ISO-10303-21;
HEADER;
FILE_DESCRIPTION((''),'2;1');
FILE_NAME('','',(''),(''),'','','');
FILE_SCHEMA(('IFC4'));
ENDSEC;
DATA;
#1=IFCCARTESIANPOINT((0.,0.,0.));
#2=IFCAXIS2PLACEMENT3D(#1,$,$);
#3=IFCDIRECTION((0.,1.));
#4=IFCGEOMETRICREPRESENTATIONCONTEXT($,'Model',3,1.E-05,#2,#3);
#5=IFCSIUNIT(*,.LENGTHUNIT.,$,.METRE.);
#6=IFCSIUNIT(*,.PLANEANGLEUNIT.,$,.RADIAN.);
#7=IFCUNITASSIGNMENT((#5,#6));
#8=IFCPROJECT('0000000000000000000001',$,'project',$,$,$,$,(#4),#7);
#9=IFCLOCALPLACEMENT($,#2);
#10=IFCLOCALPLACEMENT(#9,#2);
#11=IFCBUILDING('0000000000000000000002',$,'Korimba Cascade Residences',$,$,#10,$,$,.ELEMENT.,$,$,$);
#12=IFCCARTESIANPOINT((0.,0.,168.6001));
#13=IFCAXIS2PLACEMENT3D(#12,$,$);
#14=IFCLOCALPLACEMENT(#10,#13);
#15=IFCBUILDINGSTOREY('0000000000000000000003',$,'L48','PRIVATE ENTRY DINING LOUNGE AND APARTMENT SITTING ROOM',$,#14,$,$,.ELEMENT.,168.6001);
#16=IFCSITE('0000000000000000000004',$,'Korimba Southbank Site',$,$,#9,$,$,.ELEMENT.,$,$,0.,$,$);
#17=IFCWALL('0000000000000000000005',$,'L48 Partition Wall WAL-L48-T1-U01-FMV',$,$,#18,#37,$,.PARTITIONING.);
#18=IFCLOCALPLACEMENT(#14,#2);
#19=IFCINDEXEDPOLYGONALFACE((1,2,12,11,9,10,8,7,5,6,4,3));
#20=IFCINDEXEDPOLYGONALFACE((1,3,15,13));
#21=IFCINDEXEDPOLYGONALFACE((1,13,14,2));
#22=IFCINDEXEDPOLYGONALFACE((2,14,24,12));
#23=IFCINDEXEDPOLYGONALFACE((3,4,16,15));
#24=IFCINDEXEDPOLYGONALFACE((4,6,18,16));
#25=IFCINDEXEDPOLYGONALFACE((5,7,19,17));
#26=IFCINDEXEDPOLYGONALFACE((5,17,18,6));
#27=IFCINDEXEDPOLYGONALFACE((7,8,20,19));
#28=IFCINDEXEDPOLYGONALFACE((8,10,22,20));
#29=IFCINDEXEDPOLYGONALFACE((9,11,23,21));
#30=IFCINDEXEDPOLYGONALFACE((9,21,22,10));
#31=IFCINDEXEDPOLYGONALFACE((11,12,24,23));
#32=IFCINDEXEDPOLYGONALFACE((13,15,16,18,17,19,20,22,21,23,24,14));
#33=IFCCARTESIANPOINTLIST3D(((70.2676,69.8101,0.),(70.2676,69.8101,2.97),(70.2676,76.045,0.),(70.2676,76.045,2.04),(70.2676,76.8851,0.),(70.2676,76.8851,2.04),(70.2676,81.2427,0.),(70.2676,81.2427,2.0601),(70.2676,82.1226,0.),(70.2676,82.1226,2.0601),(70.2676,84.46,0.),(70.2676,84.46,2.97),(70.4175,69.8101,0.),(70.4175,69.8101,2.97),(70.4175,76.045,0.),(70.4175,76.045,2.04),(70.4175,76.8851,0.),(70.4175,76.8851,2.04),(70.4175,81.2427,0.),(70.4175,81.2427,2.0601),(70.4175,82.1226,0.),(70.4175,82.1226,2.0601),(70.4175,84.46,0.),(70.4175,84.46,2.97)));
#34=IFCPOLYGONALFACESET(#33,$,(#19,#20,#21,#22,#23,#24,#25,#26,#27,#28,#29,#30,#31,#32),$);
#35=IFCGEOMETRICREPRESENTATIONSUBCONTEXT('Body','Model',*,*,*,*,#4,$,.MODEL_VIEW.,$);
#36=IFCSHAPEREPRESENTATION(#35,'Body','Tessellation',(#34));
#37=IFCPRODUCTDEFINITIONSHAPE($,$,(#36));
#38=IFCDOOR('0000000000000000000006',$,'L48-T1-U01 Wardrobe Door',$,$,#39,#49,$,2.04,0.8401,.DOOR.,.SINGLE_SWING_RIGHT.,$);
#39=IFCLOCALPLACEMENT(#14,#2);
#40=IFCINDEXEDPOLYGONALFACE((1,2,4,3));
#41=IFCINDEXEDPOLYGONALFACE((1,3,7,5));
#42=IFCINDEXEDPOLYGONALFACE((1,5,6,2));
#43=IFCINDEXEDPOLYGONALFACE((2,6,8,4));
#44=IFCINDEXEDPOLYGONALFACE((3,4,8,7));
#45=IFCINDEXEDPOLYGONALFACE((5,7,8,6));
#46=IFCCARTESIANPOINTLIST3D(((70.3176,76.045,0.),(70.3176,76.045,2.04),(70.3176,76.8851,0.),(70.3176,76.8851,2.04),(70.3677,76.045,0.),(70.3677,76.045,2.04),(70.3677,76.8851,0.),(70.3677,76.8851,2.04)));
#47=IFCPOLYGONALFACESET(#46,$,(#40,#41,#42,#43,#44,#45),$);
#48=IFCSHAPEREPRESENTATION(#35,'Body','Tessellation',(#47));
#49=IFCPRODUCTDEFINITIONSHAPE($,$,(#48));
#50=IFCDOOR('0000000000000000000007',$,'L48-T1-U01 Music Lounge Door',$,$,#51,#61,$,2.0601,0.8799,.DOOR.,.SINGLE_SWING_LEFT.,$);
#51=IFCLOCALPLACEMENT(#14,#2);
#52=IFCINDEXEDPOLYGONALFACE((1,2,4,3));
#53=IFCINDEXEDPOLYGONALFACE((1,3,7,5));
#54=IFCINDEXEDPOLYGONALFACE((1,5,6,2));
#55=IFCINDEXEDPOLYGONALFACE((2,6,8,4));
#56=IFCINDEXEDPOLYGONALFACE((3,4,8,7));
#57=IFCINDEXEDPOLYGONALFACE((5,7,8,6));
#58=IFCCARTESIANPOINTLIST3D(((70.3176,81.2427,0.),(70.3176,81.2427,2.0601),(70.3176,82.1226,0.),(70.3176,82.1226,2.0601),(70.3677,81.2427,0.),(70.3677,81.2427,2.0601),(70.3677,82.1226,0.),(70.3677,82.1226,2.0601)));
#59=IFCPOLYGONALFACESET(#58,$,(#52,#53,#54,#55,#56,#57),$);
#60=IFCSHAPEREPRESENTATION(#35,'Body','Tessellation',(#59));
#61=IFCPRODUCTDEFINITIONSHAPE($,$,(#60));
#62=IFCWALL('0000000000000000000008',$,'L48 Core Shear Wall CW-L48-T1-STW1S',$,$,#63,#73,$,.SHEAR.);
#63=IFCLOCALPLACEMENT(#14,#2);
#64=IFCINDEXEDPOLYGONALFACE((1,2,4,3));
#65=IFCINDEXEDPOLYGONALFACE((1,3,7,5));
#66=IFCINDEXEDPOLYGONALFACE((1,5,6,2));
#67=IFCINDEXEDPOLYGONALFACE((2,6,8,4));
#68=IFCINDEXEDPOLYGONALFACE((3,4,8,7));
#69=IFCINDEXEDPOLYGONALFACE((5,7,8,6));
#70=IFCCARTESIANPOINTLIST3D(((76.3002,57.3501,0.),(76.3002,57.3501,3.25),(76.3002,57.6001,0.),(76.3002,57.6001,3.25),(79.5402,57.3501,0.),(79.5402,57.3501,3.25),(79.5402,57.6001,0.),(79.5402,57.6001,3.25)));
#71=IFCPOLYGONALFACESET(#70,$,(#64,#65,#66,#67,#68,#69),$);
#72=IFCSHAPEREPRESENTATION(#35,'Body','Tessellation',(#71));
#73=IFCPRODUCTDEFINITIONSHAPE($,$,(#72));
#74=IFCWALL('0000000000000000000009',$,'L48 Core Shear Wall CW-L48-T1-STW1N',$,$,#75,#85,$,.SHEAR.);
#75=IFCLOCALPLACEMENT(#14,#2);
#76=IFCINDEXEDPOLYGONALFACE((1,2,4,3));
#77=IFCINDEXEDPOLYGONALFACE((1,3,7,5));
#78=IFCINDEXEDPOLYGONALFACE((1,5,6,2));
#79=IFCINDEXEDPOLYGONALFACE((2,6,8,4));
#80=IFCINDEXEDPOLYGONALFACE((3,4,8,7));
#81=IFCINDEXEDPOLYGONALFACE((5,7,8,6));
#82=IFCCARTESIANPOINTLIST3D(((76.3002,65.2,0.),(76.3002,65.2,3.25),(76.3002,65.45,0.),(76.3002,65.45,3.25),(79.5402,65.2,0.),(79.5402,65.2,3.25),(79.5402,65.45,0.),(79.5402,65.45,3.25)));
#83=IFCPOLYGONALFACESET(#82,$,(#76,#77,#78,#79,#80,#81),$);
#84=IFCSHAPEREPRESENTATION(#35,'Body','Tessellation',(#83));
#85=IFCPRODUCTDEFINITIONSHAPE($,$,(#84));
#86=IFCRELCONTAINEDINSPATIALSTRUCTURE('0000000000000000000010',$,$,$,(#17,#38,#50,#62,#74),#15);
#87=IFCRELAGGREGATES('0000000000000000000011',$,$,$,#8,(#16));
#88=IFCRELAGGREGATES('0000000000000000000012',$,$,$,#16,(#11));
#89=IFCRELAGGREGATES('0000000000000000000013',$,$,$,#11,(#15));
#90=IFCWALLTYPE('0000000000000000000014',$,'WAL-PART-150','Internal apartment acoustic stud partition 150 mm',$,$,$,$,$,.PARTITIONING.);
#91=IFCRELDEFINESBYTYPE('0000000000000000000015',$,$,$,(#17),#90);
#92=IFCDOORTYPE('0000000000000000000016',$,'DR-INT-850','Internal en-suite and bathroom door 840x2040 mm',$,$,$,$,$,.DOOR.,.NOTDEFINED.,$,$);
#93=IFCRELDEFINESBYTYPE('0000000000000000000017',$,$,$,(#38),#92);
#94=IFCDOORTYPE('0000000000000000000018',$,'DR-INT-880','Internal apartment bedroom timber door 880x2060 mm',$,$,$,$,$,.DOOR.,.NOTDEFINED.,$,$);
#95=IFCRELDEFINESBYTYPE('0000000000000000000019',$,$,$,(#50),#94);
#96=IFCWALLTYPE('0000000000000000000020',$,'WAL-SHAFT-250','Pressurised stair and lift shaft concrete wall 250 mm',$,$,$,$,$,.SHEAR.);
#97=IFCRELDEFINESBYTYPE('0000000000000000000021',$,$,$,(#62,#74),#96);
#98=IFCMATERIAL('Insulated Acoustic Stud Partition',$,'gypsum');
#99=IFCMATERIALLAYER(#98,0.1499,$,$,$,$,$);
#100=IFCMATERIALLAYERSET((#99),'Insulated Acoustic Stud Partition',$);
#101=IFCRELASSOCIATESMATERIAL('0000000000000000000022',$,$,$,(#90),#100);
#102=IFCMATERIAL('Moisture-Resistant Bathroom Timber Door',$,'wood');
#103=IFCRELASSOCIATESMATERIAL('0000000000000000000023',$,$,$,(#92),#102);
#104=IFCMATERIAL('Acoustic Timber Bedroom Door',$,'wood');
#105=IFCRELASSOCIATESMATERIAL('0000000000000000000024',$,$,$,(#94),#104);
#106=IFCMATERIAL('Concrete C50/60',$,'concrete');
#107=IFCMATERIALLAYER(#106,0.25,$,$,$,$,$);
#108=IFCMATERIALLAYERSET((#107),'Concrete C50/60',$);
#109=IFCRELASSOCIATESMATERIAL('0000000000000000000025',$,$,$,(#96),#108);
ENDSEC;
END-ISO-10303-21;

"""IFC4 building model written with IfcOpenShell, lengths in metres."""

from ifc_helpers import new_model, si_unit, direction, frame, frame_2d, origin, place, context, subcontext, project, spatial, rectangle, extrude, material, layer, layer_set, type_object, element, fill, save


model = new_model("IFC4")

# Units and contexts
model_context = context("Model", 3, precision=1e-05, world=origin(), true_north=direction((0.0, 1.0)))
body_context = subcontext(model_context, "Body", "Model", "MODEL_VIEW")
ifc_project = project(units=[si_unit("LENGTHUNIT", "METRE"), si_unit("PLANEANGLEUNIT", "RADIAN")], contexts=[model_context])

# Site, building, storey
site_placement = place(None, origin())
site = spatial("IfcSite", under=ifc_project, at=site_placement, Name="Korimba Southbank Site", CompositionType="ELEMENT", RefElevation=0.0)
building_placement = place(site_placement, origin())
building = spatial("IfcBuilding", under=site, at=building_placement, Name="Korimba Cascade Residences", CompositionType="ELEMENT")
storey_placement = place(building_placement, frame((0.0, 0.0, 168.6001)))
storey = spatial("IfcBuildingStorey", under=building, at=storey_placement, Name="L48", Description="PRIVATE ENTRY DINING LOUNGE AND APARTMENT SITTING ROOM", CompositionType="ELEMENT", Elevation=168.6001)

# Shared definitions
ifc_material_1 = material(Name="Insulated Acoustic Stud Partition", Category="gypsum")
ifc_layer_1 = layer(ifc_material_1, 0.1499)
ifc_layer_set_1 = layer_set([ifc_layer_1], Name="Insulated Acoustic Stud Partition")
wall_type_1 = type_object("IfcWallType", Name="WAL-PART-150", Description="Internal apartment acoustic stud partition 150 mm", PredefinedType="PARTITIONING", material=ifc_layer_set_1)

# Wall, openings, doors
ifc_material_2 = material(Name="Moisture-Resistant Bathroom Timber Door", Category="wood")
door_type_1 = type_object("IfcDoorType", Name="DR-INT-850", Description="Internal en-suite and bathroom door 840x2040 mm", OperationType="NOTDEFINED", PredefinedType="DOOR", material=ifc_material_2)
ifc_material_3 = material(Name="Acoustic Timber Bedroom Door", Category="wood")
door_type_2 = type_object("IfcDoorType", Name="DR-INT-880", Description="Internal apartment bedroom timber door 880x2060 mm", OperationType="NOTDEFINED", PredefinedType="DOOR", material=ifc_material_3)
wall_1_placement = place(storey_placement, frame((70.3425, 69.8101, 0.0), z_axis=(0.0, 0.0, 1.0), x_axis=(0.0, 1.0, 0.0)))
wall_1 = element("IfcWall", 1, at=wall_1_placement, inside=storey, type_object=wall_type_1, Name="L48 Partition Wall WAL-L48-T1-U01-FMV", PredefinedType="PARTITIONING", context=body_context, shape_type="SweptSolid", body=[
    extrude(rectangle(XDim=14.6499, YDim=0.1499, at=frame_2d((7.325, 0.0))), origin(), (0.0, 0.0, 1.0), 2.97),
])
opening_1_placement = place(wall_1_placement, frame((6.2351, 0.0, 0.0)))
opening_1 = element("IfcOpeningElement", 2, at=opening_1_placement, cuts=wall_1, PredefinedType="OPENING", context=body_context, shape_type="SweptSolid", body=[
    extrude(rectangle(XDim=0.8401, YDim=2.04, at=frame_2d((0.4199, 1.02))), frame((0.0, 0.085, 0.0), z_axis=(0.0, -1.0, 0.0), x_axis=(1.0, 0.0, 0.0)), (0.0, 0.0, 1.0), 0.1699),
])
opening_2_placement = place(wall_1_placement, frame((11.4326, 0.0, 0.0)))
opening_2 = element("IfcOpeningElement", 3, at=opening_2_placement, cuts=wall_1, PredefinedType="OPENING", context=body_context, shape_type="SweptSolid", body=[
    extrude(rectangle(XDim=0.8799, YDim=2.0601, at=frame_2d((0.4399, 1.03))), frame((0.0, 0.085, 0.0), z_axis=(0.0, -1.0, 0.0), x_axis=(1.0, 0.0, 0.0)), (0.0, 0.0, 1.0), 0.1699),
])
door_1_placement = place(opening_1_placement, origin())
door_1 = element("IfcDoor", 4, at=door_1_placement, inside=storey, type_object=door_type_1, Name="L48-T1-U01 Wardrobe Door", OperationType="SINGLE_SWING_RIGHT", OverallHeight=2.04, OverallWidth=0.8401, PredefinedType="DOOR", context=body_context, shape_type="SweptSolid", body=[
    extrude(rectangle(XDim=0.8401, YDim=2.04, at=frame_2d((0.4199, 1.02))), frame((0.0, 0.0249, 0.0), z_axis=(0.0, -1.0, 0.0), x_axis=(1.0, 0.0, 0.0)), (0.0, 0.0, 1.0), 0.05),
])
fill(opening_1, door_1)
door_2_placement = place(opening_2_placement, origin())
door_2 = element("IfcDoor", 5, at=door_2_placement, inside=storey, type_object=door_type_2, Name="L48-T1-U01 Music Lounge Door", OperationType="SINGLE_SWING_LEFT", OverallHeight=2.0601, OverallWidth=0.8799, PredefinedType="DOOR", context=body_context, shape_type="SweptSolid", body=[
    extrude(rectangle(XDim=0.8799, YDim=2.0601, at=frame_2d((0.4399, 1.03))), frame((0.0, 0.0249, 0.0), z_axis=(0.0, -1.0, 0.0), x_axis=(1.0, 0.0, 0.0)), (0.0, 0.0, 1.0), 0.05),
])
fill(opening_2, door_2)

# Walls
ifc_material_4 = material(Name="Concrete C50/60", Category="concrete")
ifc_layer_2 = layer(ifc_material_4, 0.25)
ifc_layer_set_2 = layer_set([ifc_layer_2], Name="Concrete C50/60")
wall_type_2 = type_object("IfcWallType", Name="WAL-SHAFT-250", Description="Pressurised stair and lift shaft concrete wall 250 mm", PredefinedType="SHEAR", material=ifc_layer_set_2)
for number, where, z_axis, x_axis, name in (
    (6, (76.3, 57.4751, 0.0), (0.0, 0.0, 1.0), (1.0, 0.0, 0.0), "L48 Core Shear Wall CW-L48-T1-STW1S"),
    (7, (76.3, 65.325, 0.0), (0.0, 0.0, 1.0), (1.0, 0.0, 0.0), "L48 Core Shear Wall CW-L48-T1-STW1N"),
):
    element("IfcWall", number, at=place(storey_placement, frame(where, z_axis=z_axis, x_axis=x_axis)), inside=storey, type_object=wall_type_2, Name=name, PredefinedType="SHEAR", context=body_context, shape_type="SweptSolid", body=[
        extrude(rectangle(XDim=3.24, YDim=0.25, at=frame_2d((1.6201, 0.0))), origin(), (0.0, 0.0, 1.0), 3.25),
    ])

save(model, "model.ifc")
